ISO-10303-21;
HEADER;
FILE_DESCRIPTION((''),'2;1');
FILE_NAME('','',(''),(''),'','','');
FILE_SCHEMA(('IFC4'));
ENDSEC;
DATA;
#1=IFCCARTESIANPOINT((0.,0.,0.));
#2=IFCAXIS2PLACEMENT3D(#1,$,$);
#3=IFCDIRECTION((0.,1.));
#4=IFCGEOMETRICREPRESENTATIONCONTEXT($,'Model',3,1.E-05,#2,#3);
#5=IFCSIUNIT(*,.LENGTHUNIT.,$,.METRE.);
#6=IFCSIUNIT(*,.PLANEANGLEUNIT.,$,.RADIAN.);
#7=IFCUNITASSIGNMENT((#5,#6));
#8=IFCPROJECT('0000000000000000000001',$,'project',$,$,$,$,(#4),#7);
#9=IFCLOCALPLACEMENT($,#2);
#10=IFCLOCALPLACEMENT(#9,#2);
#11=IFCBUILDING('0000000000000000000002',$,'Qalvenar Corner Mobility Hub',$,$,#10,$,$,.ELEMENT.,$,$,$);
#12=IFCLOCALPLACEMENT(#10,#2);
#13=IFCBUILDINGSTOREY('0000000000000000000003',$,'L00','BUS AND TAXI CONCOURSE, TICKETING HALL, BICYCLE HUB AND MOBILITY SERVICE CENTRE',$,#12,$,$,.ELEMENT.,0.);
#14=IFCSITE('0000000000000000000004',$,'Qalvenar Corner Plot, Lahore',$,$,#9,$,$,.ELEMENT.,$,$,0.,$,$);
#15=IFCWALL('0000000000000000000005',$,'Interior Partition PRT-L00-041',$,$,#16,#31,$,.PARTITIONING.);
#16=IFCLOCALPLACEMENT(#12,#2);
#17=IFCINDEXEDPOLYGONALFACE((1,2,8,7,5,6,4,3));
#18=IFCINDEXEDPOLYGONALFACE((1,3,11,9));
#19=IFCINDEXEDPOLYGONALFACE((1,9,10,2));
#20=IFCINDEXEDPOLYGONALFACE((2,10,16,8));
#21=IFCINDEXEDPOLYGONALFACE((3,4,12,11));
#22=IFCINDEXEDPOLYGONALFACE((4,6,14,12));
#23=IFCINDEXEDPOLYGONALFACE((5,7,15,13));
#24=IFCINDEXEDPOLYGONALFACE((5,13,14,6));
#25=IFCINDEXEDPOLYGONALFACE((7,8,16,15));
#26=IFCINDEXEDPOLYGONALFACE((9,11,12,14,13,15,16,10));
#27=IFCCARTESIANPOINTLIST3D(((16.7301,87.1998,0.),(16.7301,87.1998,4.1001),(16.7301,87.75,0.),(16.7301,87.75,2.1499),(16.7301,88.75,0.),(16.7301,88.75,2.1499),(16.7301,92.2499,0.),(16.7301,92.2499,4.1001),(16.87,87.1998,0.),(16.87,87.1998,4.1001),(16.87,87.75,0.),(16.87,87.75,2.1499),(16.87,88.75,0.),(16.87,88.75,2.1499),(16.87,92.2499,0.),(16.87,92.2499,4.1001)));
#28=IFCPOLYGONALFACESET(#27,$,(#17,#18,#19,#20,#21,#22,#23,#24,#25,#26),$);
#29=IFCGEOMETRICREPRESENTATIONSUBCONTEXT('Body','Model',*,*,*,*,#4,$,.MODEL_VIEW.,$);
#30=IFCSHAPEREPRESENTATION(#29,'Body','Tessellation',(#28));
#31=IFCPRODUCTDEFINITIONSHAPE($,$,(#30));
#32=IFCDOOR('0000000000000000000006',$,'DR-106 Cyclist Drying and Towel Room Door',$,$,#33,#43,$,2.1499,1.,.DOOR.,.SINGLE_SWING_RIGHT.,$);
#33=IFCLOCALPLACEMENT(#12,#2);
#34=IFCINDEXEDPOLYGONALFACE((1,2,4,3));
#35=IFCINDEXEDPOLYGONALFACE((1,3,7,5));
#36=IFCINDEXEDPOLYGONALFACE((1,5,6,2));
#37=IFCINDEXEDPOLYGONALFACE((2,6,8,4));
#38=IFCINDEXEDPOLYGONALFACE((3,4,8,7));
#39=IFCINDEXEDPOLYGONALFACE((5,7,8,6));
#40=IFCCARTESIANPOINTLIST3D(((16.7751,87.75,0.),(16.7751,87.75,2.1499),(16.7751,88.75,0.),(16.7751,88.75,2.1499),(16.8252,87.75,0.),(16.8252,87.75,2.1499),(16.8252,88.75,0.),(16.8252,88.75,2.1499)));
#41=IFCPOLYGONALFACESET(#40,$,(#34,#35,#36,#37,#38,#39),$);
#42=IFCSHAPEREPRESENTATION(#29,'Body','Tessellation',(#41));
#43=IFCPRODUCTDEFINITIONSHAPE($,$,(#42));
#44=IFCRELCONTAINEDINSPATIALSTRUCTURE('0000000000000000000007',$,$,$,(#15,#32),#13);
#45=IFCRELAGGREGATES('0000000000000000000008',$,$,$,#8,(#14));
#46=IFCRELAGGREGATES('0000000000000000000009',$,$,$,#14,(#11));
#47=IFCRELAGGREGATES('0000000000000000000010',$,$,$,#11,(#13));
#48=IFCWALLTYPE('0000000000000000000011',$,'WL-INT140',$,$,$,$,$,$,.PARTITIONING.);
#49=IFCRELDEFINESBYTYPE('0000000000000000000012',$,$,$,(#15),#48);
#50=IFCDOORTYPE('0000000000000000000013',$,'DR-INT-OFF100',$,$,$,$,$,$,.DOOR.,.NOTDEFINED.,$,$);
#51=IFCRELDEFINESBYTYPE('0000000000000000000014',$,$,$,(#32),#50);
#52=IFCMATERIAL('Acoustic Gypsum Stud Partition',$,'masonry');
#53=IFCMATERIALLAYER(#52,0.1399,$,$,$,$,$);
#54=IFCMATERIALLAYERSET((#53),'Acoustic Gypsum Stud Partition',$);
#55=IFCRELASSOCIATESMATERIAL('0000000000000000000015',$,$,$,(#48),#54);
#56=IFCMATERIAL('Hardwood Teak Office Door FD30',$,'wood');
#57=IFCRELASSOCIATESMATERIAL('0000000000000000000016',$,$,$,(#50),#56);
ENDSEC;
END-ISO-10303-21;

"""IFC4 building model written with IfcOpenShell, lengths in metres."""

from ifc_helpers import new_model, si_unit, direction, frame, frame_2d, origin, place, context, subcontext, project, spatial, rectangle, extrude, material, layer, layer_set, type_object, element, fill, save


model = new_model("IFC4")

# Units and contexts
model_context = context("Model", 3, precision=1e-05, world=origin(), true_north=direction((0.0, 1.0)))
body_context = subcontext(model_context, "Body", "Model", "MODEL_VIEW")
ifc_project = project(units=[si_unit("LENGTHUNIT", "METRE"), si_unit("PLANEANGLEUNIT", "RADIAN")], contexts=[model_context])

# Site, building, storey
site_placement = place(None, origin())
site = spatial("IfcSite", under=ifc_project, at=site_placement, Name="Qalvenar Corner Plot, Lahore", CompositionType="ELEMENT", RefElevation=0.0)
building_placement = place(site_placement, origin())
building = spatial("IfcBuilding", under=site, at=building_placement, Name="Qalvenar Corner Mobility Hub", CompositionType="ELEMENT")
storey_placement = place(building_placement, origin())
storey = spatial("IfcBuildingStorey", under=building, at=storey_placement, Name="L00", Description="BUS AND TAXI CONCOURSE, TICKETING HALL, BICYCLE HUB AND MOBILITY SERVICE CENTRE", CompositionType="ELEMENT", Elevation=0.0)

# Wall, opening, door
ifc_material_1 = material(Name="Acoustic Gypsum Stud Partition", Category="masonry")
ifc_layer_1 = layer(ifc_material_1, 0.1399)
ifc_layer_set_1 = layer_set([ifc_layer_1], Name="Acoustic Gypsum Stud Partition")
wall_type = type_object("IfcWallType", Name="WL-INT140", PredefinedType="PARTITIONING", material=ifc_layer_set_1)
wall_placement = place(storey_placement, frame((16.8, 87.2, 0.0), z_axis=(0.0, 0.0, 1.0), x_axis=(0.0, 1.0, 0.0)))
wall = element("IfcWall", 1, at=wall_placement, inside=storey, type_object=wall_type, Name="Interior Partition PRT-L00-041", PredefinedType="PARTITIONING", context=body_context, shape_type="SweptSolid", body=[
    extrude(rectangle(XDim=5.05, YDim=0.1399, at=frame_2d((2.5249, 0.0))), origin(), (0.0, 0.0, 1.0), 4.1001),
])
opening_placement = place(wall_placement, frame((0.55, 0.0, 0.0)))
opening = element("IfcOpeningElement", 2, at=opening_placement, cuts=wall, PredefinedType="OPENING", context=body_context, shape_type="SweptSolid", body=[
    extrude(rectangle(XDim=1.0, YDim=2.1499, at=frame_2d((0.5, 1.075))), frame((0.0, 0.0801, 0.0), z_axis=(0.0, -1.0, 0.0), x_axis=(1.0, 0.0, 0.0)), (0.0, 0.0, 1.0), 0.1599),
])
ifc_material_2 = material(Name="Hardwood Teak Office Door FD30", Category="wood")
door_type = type_object("IfcDoorType", Name="DR-INT-OFF100", OperationType="NOTDEFINED", PredefinedType="DOOR", material=ifc_material_2)
door_placement = place(opening_placement, origin())
door = element("IfcDoor", 3, at=door_placement, inside=storey, type_object=door_type, Name="DR-106 Cyclist Drying and Towel Room Door", OperationType="SINGLE_SWING_RIGHT", OverallHeight=2.1499, OverallWidth=1.0, PredefinedType="DOOR", context=body_context, shape_type="SweptSolid", body=[
    extrude(rectangle(XDim=1.0, YDim=2.1499, at=frame_2d((0.5, 1.075))), frame((0.0, 0.0249, 0.0), z_axis=(0.0, -1.0, 0.0), x_axis=(1.0, 0.0, 0.0)), (0.0, 0.0, 1.0), 0.05),
])
fill(opening, door)

save(model, "model.ifc")
